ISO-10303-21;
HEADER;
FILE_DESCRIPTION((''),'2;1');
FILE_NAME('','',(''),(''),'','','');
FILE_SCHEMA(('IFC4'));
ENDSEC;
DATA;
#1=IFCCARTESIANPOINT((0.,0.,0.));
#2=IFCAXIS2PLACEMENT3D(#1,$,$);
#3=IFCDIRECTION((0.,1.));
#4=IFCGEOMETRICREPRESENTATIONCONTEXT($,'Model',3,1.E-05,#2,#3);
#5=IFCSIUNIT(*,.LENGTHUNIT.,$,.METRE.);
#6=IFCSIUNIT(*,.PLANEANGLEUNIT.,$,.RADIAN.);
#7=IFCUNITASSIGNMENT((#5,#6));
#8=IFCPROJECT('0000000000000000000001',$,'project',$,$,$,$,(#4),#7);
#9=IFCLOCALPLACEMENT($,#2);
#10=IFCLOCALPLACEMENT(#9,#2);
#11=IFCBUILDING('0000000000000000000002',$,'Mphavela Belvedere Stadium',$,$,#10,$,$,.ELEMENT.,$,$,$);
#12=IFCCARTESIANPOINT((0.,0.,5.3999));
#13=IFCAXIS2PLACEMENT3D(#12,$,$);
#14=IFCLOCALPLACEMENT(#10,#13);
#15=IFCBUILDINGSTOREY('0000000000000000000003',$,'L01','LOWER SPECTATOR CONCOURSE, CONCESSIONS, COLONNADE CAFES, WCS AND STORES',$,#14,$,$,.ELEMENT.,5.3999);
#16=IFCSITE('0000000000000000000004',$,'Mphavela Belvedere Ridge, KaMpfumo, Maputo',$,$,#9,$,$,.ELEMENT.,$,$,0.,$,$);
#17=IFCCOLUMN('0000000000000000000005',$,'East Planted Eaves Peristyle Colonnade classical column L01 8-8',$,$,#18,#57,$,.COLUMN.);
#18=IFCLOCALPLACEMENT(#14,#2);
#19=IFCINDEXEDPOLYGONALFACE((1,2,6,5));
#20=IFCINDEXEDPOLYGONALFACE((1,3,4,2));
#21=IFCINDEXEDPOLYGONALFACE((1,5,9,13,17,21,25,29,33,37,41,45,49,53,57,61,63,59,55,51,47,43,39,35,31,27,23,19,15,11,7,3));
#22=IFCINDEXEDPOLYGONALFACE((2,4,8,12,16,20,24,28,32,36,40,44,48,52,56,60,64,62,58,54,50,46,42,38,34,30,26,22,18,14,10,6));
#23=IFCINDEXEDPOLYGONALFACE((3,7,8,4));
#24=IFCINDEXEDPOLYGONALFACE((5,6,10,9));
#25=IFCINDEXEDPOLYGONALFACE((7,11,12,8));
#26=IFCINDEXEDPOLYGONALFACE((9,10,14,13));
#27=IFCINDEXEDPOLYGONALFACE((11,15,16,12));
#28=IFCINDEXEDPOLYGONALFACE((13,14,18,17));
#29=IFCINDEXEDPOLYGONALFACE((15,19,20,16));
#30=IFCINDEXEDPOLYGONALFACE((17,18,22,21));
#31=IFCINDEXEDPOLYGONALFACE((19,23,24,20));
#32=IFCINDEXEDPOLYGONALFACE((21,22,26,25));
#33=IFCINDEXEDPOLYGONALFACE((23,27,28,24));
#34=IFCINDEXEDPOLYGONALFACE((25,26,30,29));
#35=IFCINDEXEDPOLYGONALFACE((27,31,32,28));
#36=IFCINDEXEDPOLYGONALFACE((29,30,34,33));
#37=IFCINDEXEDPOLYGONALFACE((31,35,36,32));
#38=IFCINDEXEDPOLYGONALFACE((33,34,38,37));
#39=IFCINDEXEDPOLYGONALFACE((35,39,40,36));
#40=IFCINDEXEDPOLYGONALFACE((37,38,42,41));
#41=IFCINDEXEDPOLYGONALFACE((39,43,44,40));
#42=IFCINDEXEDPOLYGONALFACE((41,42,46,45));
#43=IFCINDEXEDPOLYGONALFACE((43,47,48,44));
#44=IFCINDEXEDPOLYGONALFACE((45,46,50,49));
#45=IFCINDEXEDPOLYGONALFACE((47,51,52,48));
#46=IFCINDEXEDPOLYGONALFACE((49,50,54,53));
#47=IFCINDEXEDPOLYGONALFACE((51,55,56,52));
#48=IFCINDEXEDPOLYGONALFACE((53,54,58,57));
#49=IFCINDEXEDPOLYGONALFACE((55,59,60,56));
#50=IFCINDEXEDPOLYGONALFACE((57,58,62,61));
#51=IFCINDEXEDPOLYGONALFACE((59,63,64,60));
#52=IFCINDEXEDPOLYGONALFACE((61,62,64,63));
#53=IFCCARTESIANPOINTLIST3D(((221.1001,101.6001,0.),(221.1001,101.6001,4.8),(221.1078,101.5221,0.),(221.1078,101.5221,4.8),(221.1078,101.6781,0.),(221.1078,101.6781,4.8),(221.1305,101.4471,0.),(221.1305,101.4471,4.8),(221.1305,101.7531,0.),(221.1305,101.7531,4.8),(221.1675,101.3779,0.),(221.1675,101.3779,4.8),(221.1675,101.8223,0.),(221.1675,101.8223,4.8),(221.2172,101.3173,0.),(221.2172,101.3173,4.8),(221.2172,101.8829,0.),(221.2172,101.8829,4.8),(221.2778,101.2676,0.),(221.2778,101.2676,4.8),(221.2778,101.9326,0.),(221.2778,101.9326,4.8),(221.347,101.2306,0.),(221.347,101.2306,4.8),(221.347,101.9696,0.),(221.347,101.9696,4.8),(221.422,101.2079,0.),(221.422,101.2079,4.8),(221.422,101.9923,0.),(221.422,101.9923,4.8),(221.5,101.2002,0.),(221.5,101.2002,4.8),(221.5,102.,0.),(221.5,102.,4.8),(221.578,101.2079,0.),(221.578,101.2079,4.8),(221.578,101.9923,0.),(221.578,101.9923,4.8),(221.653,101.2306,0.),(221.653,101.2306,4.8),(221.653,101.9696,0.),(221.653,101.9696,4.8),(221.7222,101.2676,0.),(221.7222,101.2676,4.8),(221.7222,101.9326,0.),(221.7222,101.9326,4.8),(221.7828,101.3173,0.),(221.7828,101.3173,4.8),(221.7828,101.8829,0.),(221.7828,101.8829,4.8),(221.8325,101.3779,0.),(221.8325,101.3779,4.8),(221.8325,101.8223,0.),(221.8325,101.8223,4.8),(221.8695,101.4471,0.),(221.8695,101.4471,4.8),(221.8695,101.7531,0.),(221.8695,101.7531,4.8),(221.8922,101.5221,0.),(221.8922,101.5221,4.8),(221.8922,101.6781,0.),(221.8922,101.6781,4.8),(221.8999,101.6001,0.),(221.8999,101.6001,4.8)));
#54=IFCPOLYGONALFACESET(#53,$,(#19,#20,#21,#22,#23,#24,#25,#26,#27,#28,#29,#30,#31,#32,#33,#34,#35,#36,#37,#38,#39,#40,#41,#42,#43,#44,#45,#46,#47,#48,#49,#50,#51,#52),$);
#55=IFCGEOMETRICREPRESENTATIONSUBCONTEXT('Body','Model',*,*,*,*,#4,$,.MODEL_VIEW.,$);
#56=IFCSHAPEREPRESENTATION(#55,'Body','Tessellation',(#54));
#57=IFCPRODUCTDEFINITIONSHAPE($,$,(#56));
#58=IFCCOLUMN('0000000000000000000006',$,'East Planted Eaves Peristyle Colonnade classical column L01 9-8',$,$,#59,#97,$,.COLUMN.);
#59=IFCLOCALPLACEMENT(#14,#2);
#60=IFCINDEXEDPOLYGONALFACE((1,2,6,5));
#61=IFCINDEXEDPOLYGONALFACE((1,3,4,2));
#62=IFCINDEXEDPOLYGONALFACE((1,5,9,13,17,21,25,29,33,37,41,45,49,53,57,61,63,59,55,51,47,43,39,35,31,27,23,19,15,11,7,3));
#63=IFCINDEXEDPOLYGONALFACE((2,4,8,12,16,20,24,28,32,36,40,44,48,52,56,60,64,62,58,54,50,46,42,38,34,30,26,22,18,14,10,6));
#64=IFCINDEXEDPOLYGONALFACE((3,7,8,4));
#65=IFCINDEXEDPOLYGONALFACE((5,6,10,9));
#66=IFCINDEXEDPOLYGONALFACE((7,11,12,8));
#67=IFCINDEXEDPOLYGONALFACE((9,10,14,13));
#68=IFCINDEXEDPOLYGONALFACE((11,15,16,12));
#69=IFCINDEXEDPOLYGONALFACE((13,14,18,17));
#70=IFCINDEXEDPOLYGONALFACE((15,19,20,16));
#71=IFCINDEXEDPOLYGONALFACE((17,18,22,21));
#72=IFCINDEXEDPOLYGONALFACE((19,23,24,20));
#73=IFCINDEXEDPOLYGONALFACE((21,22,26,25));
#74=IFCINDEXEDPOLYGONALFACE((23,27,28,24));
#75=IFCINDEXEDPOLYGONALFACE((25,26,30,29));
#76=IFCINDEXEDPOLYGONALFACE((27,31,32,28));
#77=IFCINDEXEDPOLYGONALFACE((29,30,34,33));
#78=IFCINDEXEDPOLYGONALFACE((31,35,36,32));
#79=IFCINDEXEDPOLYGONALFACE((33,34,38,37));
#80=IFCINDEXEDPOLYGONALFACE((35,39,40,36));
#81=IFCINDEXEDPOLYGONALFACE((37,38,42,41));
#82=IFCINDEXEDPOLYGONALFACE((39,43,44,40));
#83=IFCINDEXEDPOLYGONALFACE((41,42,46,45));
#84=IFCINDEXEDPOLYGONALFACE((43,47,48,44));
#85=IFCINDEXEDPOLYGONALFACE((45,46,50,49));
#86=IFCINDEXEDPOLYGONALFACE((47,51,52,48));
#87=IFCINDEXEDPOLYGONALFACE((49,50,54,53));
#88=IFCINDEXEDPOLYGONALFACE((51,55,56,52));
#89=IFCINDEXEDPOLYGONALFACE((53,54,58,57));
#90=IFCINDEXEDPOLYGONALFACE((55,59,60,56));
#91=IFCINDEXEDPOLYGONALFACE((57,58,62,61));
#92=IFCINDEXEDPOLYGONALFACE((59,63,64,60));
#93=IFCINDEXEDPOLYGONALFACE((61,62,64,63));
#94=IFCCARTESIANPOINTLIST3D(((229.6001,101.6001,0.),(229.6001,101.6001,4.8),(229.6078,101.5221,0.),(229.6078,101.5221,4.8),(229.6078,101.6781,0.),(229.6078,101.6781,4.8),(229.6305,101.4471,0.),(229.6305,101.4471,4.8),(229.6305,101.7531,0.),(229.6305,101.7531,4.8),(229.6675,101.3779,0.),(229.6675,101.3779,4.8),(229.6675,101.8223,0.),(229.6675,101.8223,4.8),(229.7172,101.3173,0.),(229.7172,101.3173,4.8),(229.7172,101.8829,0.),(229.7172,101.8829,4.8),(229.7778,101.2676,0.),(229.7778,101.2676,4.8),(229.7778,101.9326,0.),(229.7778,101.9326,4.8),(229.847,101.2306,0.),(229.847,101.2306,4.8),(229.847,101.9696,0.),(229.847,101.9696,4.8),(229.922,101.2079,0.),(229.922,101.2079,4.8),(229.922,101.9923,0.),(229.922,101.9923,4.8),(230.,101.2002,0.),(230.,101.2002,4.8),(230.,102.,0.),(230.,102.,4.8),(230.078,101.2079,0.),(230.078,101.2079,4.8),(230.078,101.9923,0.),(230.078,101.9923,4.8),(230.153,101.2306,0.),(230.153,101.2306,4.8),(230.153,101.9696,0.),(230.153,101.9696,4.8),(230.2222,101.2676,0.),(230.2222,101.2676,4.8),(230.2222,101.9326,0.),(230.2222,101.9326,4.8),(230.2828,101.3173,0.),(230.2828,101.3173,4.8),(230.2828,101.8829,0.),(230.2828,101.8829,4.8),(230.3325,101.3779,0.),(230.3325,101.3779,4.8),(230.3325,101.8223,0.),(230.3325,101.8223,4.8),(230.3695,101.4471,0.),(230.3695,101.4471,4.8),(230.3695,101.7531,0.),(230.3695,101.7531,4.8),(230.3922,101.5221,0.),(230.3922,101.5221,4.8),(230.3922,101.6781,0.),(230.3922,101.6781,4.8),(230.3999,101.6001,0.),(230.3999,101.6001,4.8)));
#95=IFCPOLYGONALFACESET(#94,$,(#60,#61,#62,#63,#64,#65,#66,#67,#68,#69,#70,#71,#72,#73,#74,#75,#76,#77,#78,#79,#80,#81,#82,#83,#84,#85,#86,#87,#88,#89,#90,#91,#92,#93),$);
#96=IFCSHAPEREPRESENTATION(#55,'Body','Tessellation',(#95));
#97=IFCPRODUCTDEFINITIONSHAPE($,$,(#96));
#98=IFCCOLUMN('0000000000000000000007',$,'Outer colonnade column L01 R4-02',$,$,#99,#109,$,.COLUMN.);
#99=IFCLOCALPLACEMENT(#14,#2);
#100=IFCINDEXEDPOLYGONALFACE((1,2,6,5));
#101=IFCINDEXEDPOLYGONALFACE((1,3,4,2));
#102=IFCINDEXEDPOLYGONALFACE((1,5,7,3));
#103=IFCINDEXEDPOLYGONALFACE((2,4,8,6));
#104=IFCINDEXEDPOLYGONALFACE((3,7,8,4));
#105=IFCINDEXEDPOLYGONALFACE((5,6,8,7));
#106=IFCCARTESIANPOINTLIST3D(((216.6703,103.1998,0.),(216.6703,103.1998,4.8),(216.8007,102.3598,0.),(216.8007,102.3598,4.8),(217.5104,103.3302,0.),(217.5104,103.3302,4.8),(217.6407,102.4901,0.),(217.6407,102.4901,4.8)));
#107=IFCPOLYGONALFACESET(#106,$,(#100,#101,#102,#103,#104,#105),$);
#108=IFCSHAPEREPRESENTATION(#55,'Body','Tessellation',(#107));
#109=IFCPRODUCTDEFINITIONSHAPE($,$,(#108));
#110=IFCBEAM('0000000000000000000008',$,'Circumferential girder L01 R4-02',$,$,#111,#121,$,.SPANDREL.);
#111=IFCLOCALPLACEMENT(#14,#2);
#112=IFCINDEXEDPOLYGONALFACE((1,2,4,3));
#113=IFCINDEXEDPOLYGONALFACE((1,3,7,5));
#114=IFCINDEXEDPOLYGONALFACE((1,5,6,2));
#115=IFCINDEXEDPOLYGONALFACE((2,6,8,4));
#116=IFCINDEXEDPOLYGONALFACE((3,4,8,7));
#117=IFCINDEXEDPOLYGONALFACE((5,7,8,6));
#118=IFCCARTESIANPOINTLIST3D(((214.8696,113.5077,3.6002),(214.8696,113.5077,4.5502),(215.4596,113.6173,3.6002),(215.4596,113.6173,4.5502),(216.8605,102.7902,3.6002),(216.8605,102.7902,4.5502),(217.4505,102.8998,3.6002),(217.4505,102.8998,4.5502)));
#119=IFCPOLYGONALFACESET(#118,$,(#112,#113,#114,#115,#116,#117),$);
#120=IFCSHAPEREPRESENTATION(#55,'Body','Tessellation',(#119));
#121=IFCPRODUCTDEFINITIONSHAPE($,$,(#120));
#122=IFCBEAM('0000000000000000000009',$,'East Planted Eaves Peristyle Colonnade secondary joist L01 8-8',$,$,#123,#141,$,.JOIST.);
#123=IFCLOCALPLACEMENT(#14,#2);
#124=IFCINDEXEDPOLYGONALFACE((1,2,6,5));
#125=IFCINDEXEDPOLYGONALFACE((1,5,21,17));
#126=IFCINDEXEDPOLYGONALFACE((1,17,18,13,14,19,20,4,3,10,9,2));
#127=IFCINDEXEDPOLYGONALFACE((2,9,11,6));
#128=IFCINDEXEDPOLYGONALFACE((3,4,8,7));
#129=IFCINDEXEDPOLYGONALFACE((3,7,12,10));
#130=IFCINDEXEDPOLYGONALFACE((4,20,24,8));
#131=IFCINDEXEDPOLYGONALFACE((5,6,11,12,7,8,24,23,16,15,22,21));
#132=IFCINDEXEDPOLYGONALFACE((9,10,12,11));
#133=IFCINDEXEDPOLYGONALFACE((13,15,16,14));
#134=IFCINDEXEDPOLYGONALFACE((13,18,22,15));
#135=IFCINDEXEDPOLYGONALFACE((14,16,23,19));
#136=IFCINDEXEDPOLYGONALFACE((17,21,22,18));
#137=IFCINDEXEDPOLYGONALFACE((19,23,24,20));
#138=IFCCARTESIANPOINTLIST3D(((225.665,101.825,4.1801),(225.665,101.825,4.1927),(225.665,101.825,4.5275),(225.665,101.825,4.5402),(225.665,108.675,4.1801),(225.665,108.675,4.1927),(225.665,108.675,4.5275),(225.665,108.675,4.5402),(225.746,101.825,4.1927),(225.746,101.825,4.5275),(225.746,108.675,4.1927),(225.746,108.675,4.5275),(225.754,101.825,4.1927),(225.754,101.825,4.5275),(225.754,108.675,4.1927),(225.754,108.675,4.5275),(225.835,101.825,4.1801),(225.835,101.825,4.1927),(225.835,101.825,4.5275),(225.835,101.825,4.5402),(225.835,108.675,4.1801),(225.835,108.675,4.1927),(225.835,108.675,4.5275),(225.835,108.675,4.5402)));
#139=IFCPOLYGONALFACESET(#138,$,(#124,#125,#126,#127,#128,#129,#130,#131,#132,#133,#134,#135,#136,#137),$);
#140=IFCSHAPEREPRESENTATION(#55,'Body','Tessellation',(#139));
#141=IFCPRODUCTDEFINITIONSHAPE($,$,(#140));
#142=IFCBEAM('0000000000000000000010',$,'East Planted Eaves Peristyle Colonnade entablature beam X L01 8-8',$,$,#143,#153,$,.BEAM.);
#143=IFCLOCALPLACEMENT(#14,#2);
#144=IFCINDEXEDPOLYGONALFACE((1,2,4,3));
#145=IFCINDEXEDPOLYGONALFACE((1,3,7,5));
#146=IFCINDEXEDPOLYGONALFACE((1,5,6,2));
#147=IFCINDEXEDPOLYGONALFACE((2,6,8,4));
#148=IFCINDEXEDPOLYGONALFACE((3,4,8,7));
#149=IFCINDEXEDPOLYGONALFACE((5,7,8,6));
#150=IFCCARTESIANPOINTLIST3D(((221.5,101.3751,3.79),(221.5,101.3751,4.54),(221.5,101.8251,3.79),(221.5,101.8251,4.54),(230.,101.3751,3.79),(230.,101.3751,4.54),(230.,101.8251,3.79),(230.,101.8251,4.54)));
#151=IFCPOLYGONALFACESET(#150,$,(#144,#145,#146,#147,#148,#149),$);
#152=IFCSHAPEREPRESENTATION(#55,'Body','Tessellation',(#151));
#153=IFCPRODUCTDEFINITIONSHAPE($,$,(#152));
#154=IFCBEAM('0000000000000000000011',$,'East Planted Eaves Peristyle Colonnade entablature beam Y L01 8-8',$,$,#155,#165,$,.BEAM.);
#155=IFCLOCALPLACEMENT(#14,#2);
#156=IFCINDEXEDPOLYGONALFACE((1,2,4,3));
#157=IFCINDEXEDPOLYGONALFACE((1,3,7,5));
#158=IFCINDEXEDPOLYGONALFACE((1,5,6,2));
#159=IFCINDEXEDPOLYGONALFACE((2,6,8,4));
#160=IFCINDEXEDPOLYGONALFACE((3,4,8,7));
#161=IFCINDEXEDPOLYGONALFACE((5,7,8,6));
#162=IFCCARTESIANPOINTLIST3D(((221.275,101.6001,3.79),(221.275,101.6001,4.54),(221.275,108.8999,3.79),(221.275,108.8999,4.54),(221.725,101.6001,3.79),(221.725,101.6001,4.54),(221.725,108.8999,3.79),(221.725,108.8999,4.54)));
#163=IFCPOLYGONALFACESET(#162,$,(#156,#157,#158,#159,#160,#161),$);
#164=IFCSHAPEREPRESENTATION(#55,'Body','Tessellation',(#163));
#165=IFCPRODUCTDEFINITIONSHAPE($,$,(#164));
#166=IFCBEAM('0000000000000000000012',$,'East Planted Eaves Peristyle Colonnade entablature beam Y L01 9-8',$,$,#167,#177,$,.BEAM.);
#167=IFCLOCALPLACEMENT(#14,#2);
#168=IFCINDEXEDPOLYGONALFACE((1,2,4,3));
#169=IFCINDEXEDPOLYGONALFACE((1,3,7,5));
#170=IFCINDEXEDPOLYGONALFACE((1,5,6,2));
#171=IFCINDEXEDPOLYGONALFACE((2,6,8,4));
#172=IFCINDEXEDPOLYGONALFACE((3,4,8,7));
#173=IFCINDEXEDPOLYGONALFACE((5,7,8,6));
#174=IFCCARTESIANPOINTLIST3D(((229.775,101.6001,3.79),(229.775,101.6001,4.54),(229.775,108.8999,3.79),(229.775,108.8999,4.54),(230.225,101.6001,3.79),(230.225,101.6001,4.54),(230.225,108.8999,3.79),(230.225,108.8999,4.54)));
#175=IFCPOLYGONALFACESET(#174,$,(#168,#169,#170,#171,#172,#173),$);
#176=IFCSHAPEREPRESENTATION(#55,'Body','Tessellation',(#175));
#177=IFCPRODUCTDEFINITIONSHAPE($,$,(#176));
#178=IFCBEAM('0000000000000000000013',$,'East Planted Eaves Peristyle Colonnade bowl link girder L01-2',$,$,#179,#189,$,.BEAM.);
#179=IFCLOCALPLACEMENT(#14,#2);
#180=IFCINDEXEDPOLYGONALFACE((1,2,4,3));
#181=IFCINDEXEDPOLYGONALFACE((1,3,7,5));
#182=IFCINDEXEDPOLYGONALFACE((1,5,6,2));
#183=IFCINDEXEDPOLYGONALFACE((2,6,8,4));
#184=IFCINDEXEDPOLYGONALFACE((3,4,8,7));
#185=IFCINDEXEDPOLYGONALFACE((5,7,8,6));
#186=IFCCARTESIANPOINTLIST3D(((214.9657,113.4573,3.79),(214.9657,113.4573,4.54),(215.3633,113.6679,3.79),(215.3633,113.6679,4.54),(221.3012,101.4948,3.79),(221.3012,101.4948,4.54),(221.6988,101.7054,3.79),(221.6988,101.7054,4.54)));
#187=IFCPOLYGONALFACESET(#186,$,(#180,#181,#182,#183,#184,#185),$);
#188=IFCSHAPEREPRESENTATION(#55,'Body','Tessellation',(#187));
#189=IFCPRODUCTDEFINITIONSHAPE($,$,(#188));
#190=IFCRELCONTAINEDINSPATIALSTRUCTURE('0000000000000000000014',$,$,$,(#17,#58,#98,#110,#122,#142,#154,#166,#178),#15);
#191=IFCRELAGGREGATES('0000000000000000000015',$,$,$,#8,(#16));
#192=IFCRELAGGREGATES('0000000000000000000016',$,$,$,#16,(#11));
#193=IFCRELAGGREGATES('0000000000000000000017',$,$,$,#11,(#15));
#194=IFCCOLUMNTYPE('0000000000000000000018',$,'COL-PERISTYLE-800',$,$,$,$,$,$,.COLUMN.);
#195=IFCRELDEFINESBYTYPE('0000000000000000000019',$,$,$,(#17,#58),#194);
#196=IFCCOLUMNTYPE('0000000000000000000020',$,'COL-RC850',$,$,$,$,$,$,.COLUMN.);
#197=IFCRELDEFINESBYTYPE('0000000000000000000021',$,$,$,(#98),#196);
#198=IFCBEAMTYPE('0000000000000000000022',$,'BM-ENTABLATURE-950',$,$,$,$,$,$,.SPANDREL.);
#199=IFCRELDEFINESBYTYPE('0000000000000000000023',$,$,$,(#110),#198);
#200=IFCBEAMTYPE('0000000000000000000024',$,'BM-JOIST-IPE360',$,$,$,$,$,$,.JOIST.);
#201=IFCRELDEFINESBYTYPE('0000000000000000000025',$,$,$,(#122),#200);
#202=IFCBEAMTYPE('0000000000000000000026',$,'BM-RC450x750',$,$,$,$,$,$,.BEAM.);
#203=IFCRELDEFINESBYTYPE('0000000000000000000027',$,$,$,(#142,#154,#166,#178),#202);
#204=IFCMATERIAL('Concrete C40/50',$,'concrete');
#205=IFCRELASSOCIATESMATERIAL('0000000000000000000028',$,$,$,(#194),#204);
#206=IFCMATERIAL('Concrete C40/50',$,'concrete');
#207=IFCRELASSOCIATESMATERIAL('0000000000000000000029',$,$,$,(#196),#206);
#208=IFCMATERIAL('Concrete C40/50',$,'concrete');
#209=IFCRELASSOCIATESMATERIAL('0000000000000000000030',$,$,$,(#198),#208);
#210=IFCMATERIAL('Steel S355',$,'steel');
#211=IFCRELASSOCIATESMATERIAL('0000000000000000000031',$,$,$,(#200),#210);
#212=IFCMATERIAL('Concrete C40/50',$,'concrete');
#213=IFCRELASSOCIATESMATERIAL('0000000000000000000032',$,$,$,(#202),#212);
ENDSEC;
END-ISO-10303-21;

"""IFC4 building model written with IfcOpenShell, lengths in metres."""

from ifc_helpers import new_model, si_unit, direction, frame, origin, origin_2d, place, context, subcontext, project, spatial, rectangle, circle, i_section, extrude, material, material_profile, profile_set, type_object, element, save


model = new_model("IFC4")

# Units and contexts
model_context = context("Model", 3, precision=1e-05, world=origin(), true_north=direction((0.0, 1.0)))
body_context = subcontext(model_context, "Body", "Model", "MODEL_VIEW")
ifc_project = project(units=[si_unit("LENGTHUNIT", "METRE"), si_unit("PLANEANGLEUNIT", "RADIAN")], contexts=[model_context])

# Site, building, storey
site_placement = place(None, origin())
site = spatial("IfcSite", under=ifc_project, at=site_placement, Name="Mphavela Belvedere Ridge, KaMpfumo, Maputo", CompositionType="ELEMENT", RefElevation=0.0)
building_placement = place(site_placement, origin())
building = spatial("IfcBuilding", under=site, at=building_placement, Name="Mphavela Belvedere Stadium", CompositionType="ELEMENT")
storey_placement = place(building_placement, frame((0.0, 0.0, 5.3999)))
storey = spatial("IfcBuildingStorey", under=building, at=storey_placement, Name="L01", Description="LOWER SPECTATOR CONCOURSE, CONCESSIONS, COLONNADE CAFES, WCS AND STORES", CompositionType="ELEMENT", Elevation=5.3999)

# Columns
ifc_material_1 = material(Name="Concrete C40/50", Category="concrete")
ifc_material_profile_1 = material_profile(ifc_material_1, circle(Radius=0.3999, at=origin_2d()), Name="COL D800")
ifc_profile_set_1 = profile_set([ifc_material_profile_1], Name="Concrete C40/50")
column_type_1 = type_object("IfcColumnType", Name="COL-PERISTYLE-800", PredefinedType="COLUMN", material=ifc_profile_set_1)
for number, where, z_axis, x_axis, name in (
    (1, (221.5, 101.6001, 0.0), (0.0, 0.0, 1.0), (1.0, 0.0, 0.0), "East Planted Eaves Peristyle Colonnade classical column L01 8-8"),
    (2, (230.0, 101.6001, 0.0), (0.0, 0.0, 1.0), (1.0, 0.0, 0.0), "East Planted Eaves Peristyle Colonnade classical column L01 9-8"),
):
    element("IfcColumn", number, at=place(storey_placement, frame(where, z_axis=z_axis, x_axis=x_axis)), inside=storey, type_object=column_type_1, Name=name, PredefinedType="COLUMN", context=body_context, shape_type="SweptSolid", body=[
        extrude(circle(Radius=0.3999, at=origin_2d()), origin(), (0.0, 0.0, 1.0), 4.8),
    ])
ifc_material_2 = material(Name="Concrete C40/50", Category="concrete")
ifc_material_profile_2 = material_profile(ifc_material_2, rectangle(XDim=0.8501, YDim=0.8501, at=origin_2d()), Name="RC 850x850")
ifc_profile_set_2 = profile_set([ifc_material_profile_2], Name="Concrete C40/50")
column_type_2 = type_object("IfcColumnType", Name="COL-RC850", PredefinedType="COLUMN", material=ifc_profile_set_2)
column_placement = place(storey_placement, frame((217.1555, 102.845, 0.0), z_axis=(0.0, 0.0, 1.0), x_axis=(0.988175, 0.153331, 0.0)))
element("IfcColumn", 3, at=column_placement, inside=storey, type_object=column_type_2, Name="Outer colonnade column L01 R4-02", PredefinedType="COLUMN", context=body_context, shape_type="SweptSolid", body=[
    extrude(rectangle(XDim=0.8501, YDim=0.8501, at=origin_2d()), origin(), (0.0, 0.0, 1.0), 4.8),
])

# Beams
ifc_material_3 = material(Name="Concrete C40/50", Category="concrete")
ifc_material_profile_3 = material_profile(ifc_material_3, rectangle(XDim=0.6001, YDim=0.95, at=origin_2d()), Name="RC 600x950")
ifc_profile_set_3 = profile_set([ifc_material_profile_3], Name="Concrete C40/50")
beam_type_1 = type_object("IfcBeamType", Name="BM-ENTABLATURE-950", PredefinedType="SPANDREL", material=ifc_profile_set_3)
beam_1_placement = place(storey_placement, frame((217.1555, 102.845, 4.0752), z_axis=(-0.182643, 0.983179, 0.0), x_axis=(-0.983179, -0.182643, 0.0)))
element("IfcBeam", 4, at=beam_1_placement, inside=storey, type_object=beam_type_1, Name="Circumferential girder L01 R4-02", PredefinedType="SPANDREL", context=body_context, shape_type="SweptSolid", body=[
    extrude(rectangle(XDim=0.6001, YDim=0.95, at=origin_2d()), origin(), (0.0, 0.0, 1.0), 10.9009),
])
ifc_material_4 = material(Name="Steel S355", Category="steel")
ifc_material_profile_4 = material_profile(ifc_material_4, i_section(OverallWidth=0.1699, OverallDepth=0.3601, WebThickness=0.0081, FlangeThickness=0.0127, at=origin_2d()), Name="IPE 360")
ifc_profile_set_4 = profile_set([ifc_material_profile_4], Name="Steel S355")
beam_type_2 = type_object("IfcBeamType", Name="BM-JOIST-IPE360", PredefinedType="JOIST", material=ifc_profile_set_4)
beam_2_placement = place(storey_placement, frame((225.75, 101.825, 4.3601), z_axis=(0.0, 1.0, 0.0), x_axis=(-1.0, 0.0, 0.0)))
element("IfcBeam", 5, at=beam_2_placement, inside=storey, type_object=beam_type_2, Name="East Planted Eaves Peristyle Colonnade secondary joist L01 8-8", PredefinedType="JOIST", context=body_context, shape_type="SweptSolid", body=[
    extrude(i_section(OverallWidth=0.1699, OverallDepth=0.3601, WebThickness=0.0081, FlangeThickness=0.0127, at=origin_2d()), origin(), (0.0, 0.0, 1.0), 6.8501),
])
ifc_material_5 = material(Name="Concrete C40/50", Category="concrete")
ifc_material_profile_5 = material_profile(ifc_material_5, rectangle(XDim=0.45, YDim=0.75, at=origin_2d()), Name="RC 450x750")
ifc_profile_set_5 = profile_set([ifc_material_profile_5], Name="Concrete C40/50")
beam_type_3 = type_object("IfcBeamType", Name="BM-RC450x750", PredefinedType="BEAM", material=ifc_profile_set_5)
beam_3_placement = place(storey_placement, frame((221.5, 101.6001, 4.165), z_axis=(1.0, 0.0, 0.0), x_axis=(0.0, 1.0, 0.0)))
element("IfcBeam", 6, at=beam_3_placement, inside=storey, type_object=beam_type_3, Name="East Planted Eaves Peristyle Colonnade entablature beam X L01 8-8", PredefinedType="BEAM", context=body_context, shape_type="SweptSolid", body=[
    extrude(rectangle(XDim=0.45, YDim=0.75, at=origin_2d()), origin(), (0.0, 0.0, 1.0), 8.5),
])
for number, where, z_axis, x_axis, name in (
    (7, (221.5, 101.6001, 4.165), (0.0, 1.0, 0.0), (-1.0, 0.0, 0.0), "East Planted Eaves Peristyle Colonnade entablature beam Y L01 8-8"),
    (8, (230.0, 101.6001, 4.165), (0.0, 1.0, 0.0), (-1.0, 0.0, 0.0), "East Planted Eaves Peristyle Colonnade entablature beam Y L01 9-8"),
):
    element("IfcBeam", number, at=place(storey_placement, frame(where, z_axis=z_axis, x_axis=x_axis)), inside=storey, type_object=beam_type_3, Name=name, PredefinedType="BEAM", context=body_context, shape_type="SweptSolid", body=[
        extrude(rectangle(XDim=0.45, YDim=0.75, at=origin_2d()), origin(), (0.0, 0.0, 1.0), 7.2998),
    ])
beam_4_placement = place(storey_placement, frame((221.5, 101.6001, 4.165), z_axis=(-0.468027, 0.883714, 0.0), x_axis=(-0.883714, -0.468027, 0.0)))
element("IfcBeam", 9, at=beam_4_placement, inside=storey, type_object=beam_type_3, Name="East Planted Eaves Peristyle Colonnade bowl link girder L01-2", PredefinedType="BEAM", context=body_context, shape_type="SweptSolid", body=[
    extrude(rectangle(XDim=0.45, YDim=0.75, at=origin_2d()), origin(), (0.0, 0.0, 1.0), 13.5366),
])

save(model, "model.ifc")
